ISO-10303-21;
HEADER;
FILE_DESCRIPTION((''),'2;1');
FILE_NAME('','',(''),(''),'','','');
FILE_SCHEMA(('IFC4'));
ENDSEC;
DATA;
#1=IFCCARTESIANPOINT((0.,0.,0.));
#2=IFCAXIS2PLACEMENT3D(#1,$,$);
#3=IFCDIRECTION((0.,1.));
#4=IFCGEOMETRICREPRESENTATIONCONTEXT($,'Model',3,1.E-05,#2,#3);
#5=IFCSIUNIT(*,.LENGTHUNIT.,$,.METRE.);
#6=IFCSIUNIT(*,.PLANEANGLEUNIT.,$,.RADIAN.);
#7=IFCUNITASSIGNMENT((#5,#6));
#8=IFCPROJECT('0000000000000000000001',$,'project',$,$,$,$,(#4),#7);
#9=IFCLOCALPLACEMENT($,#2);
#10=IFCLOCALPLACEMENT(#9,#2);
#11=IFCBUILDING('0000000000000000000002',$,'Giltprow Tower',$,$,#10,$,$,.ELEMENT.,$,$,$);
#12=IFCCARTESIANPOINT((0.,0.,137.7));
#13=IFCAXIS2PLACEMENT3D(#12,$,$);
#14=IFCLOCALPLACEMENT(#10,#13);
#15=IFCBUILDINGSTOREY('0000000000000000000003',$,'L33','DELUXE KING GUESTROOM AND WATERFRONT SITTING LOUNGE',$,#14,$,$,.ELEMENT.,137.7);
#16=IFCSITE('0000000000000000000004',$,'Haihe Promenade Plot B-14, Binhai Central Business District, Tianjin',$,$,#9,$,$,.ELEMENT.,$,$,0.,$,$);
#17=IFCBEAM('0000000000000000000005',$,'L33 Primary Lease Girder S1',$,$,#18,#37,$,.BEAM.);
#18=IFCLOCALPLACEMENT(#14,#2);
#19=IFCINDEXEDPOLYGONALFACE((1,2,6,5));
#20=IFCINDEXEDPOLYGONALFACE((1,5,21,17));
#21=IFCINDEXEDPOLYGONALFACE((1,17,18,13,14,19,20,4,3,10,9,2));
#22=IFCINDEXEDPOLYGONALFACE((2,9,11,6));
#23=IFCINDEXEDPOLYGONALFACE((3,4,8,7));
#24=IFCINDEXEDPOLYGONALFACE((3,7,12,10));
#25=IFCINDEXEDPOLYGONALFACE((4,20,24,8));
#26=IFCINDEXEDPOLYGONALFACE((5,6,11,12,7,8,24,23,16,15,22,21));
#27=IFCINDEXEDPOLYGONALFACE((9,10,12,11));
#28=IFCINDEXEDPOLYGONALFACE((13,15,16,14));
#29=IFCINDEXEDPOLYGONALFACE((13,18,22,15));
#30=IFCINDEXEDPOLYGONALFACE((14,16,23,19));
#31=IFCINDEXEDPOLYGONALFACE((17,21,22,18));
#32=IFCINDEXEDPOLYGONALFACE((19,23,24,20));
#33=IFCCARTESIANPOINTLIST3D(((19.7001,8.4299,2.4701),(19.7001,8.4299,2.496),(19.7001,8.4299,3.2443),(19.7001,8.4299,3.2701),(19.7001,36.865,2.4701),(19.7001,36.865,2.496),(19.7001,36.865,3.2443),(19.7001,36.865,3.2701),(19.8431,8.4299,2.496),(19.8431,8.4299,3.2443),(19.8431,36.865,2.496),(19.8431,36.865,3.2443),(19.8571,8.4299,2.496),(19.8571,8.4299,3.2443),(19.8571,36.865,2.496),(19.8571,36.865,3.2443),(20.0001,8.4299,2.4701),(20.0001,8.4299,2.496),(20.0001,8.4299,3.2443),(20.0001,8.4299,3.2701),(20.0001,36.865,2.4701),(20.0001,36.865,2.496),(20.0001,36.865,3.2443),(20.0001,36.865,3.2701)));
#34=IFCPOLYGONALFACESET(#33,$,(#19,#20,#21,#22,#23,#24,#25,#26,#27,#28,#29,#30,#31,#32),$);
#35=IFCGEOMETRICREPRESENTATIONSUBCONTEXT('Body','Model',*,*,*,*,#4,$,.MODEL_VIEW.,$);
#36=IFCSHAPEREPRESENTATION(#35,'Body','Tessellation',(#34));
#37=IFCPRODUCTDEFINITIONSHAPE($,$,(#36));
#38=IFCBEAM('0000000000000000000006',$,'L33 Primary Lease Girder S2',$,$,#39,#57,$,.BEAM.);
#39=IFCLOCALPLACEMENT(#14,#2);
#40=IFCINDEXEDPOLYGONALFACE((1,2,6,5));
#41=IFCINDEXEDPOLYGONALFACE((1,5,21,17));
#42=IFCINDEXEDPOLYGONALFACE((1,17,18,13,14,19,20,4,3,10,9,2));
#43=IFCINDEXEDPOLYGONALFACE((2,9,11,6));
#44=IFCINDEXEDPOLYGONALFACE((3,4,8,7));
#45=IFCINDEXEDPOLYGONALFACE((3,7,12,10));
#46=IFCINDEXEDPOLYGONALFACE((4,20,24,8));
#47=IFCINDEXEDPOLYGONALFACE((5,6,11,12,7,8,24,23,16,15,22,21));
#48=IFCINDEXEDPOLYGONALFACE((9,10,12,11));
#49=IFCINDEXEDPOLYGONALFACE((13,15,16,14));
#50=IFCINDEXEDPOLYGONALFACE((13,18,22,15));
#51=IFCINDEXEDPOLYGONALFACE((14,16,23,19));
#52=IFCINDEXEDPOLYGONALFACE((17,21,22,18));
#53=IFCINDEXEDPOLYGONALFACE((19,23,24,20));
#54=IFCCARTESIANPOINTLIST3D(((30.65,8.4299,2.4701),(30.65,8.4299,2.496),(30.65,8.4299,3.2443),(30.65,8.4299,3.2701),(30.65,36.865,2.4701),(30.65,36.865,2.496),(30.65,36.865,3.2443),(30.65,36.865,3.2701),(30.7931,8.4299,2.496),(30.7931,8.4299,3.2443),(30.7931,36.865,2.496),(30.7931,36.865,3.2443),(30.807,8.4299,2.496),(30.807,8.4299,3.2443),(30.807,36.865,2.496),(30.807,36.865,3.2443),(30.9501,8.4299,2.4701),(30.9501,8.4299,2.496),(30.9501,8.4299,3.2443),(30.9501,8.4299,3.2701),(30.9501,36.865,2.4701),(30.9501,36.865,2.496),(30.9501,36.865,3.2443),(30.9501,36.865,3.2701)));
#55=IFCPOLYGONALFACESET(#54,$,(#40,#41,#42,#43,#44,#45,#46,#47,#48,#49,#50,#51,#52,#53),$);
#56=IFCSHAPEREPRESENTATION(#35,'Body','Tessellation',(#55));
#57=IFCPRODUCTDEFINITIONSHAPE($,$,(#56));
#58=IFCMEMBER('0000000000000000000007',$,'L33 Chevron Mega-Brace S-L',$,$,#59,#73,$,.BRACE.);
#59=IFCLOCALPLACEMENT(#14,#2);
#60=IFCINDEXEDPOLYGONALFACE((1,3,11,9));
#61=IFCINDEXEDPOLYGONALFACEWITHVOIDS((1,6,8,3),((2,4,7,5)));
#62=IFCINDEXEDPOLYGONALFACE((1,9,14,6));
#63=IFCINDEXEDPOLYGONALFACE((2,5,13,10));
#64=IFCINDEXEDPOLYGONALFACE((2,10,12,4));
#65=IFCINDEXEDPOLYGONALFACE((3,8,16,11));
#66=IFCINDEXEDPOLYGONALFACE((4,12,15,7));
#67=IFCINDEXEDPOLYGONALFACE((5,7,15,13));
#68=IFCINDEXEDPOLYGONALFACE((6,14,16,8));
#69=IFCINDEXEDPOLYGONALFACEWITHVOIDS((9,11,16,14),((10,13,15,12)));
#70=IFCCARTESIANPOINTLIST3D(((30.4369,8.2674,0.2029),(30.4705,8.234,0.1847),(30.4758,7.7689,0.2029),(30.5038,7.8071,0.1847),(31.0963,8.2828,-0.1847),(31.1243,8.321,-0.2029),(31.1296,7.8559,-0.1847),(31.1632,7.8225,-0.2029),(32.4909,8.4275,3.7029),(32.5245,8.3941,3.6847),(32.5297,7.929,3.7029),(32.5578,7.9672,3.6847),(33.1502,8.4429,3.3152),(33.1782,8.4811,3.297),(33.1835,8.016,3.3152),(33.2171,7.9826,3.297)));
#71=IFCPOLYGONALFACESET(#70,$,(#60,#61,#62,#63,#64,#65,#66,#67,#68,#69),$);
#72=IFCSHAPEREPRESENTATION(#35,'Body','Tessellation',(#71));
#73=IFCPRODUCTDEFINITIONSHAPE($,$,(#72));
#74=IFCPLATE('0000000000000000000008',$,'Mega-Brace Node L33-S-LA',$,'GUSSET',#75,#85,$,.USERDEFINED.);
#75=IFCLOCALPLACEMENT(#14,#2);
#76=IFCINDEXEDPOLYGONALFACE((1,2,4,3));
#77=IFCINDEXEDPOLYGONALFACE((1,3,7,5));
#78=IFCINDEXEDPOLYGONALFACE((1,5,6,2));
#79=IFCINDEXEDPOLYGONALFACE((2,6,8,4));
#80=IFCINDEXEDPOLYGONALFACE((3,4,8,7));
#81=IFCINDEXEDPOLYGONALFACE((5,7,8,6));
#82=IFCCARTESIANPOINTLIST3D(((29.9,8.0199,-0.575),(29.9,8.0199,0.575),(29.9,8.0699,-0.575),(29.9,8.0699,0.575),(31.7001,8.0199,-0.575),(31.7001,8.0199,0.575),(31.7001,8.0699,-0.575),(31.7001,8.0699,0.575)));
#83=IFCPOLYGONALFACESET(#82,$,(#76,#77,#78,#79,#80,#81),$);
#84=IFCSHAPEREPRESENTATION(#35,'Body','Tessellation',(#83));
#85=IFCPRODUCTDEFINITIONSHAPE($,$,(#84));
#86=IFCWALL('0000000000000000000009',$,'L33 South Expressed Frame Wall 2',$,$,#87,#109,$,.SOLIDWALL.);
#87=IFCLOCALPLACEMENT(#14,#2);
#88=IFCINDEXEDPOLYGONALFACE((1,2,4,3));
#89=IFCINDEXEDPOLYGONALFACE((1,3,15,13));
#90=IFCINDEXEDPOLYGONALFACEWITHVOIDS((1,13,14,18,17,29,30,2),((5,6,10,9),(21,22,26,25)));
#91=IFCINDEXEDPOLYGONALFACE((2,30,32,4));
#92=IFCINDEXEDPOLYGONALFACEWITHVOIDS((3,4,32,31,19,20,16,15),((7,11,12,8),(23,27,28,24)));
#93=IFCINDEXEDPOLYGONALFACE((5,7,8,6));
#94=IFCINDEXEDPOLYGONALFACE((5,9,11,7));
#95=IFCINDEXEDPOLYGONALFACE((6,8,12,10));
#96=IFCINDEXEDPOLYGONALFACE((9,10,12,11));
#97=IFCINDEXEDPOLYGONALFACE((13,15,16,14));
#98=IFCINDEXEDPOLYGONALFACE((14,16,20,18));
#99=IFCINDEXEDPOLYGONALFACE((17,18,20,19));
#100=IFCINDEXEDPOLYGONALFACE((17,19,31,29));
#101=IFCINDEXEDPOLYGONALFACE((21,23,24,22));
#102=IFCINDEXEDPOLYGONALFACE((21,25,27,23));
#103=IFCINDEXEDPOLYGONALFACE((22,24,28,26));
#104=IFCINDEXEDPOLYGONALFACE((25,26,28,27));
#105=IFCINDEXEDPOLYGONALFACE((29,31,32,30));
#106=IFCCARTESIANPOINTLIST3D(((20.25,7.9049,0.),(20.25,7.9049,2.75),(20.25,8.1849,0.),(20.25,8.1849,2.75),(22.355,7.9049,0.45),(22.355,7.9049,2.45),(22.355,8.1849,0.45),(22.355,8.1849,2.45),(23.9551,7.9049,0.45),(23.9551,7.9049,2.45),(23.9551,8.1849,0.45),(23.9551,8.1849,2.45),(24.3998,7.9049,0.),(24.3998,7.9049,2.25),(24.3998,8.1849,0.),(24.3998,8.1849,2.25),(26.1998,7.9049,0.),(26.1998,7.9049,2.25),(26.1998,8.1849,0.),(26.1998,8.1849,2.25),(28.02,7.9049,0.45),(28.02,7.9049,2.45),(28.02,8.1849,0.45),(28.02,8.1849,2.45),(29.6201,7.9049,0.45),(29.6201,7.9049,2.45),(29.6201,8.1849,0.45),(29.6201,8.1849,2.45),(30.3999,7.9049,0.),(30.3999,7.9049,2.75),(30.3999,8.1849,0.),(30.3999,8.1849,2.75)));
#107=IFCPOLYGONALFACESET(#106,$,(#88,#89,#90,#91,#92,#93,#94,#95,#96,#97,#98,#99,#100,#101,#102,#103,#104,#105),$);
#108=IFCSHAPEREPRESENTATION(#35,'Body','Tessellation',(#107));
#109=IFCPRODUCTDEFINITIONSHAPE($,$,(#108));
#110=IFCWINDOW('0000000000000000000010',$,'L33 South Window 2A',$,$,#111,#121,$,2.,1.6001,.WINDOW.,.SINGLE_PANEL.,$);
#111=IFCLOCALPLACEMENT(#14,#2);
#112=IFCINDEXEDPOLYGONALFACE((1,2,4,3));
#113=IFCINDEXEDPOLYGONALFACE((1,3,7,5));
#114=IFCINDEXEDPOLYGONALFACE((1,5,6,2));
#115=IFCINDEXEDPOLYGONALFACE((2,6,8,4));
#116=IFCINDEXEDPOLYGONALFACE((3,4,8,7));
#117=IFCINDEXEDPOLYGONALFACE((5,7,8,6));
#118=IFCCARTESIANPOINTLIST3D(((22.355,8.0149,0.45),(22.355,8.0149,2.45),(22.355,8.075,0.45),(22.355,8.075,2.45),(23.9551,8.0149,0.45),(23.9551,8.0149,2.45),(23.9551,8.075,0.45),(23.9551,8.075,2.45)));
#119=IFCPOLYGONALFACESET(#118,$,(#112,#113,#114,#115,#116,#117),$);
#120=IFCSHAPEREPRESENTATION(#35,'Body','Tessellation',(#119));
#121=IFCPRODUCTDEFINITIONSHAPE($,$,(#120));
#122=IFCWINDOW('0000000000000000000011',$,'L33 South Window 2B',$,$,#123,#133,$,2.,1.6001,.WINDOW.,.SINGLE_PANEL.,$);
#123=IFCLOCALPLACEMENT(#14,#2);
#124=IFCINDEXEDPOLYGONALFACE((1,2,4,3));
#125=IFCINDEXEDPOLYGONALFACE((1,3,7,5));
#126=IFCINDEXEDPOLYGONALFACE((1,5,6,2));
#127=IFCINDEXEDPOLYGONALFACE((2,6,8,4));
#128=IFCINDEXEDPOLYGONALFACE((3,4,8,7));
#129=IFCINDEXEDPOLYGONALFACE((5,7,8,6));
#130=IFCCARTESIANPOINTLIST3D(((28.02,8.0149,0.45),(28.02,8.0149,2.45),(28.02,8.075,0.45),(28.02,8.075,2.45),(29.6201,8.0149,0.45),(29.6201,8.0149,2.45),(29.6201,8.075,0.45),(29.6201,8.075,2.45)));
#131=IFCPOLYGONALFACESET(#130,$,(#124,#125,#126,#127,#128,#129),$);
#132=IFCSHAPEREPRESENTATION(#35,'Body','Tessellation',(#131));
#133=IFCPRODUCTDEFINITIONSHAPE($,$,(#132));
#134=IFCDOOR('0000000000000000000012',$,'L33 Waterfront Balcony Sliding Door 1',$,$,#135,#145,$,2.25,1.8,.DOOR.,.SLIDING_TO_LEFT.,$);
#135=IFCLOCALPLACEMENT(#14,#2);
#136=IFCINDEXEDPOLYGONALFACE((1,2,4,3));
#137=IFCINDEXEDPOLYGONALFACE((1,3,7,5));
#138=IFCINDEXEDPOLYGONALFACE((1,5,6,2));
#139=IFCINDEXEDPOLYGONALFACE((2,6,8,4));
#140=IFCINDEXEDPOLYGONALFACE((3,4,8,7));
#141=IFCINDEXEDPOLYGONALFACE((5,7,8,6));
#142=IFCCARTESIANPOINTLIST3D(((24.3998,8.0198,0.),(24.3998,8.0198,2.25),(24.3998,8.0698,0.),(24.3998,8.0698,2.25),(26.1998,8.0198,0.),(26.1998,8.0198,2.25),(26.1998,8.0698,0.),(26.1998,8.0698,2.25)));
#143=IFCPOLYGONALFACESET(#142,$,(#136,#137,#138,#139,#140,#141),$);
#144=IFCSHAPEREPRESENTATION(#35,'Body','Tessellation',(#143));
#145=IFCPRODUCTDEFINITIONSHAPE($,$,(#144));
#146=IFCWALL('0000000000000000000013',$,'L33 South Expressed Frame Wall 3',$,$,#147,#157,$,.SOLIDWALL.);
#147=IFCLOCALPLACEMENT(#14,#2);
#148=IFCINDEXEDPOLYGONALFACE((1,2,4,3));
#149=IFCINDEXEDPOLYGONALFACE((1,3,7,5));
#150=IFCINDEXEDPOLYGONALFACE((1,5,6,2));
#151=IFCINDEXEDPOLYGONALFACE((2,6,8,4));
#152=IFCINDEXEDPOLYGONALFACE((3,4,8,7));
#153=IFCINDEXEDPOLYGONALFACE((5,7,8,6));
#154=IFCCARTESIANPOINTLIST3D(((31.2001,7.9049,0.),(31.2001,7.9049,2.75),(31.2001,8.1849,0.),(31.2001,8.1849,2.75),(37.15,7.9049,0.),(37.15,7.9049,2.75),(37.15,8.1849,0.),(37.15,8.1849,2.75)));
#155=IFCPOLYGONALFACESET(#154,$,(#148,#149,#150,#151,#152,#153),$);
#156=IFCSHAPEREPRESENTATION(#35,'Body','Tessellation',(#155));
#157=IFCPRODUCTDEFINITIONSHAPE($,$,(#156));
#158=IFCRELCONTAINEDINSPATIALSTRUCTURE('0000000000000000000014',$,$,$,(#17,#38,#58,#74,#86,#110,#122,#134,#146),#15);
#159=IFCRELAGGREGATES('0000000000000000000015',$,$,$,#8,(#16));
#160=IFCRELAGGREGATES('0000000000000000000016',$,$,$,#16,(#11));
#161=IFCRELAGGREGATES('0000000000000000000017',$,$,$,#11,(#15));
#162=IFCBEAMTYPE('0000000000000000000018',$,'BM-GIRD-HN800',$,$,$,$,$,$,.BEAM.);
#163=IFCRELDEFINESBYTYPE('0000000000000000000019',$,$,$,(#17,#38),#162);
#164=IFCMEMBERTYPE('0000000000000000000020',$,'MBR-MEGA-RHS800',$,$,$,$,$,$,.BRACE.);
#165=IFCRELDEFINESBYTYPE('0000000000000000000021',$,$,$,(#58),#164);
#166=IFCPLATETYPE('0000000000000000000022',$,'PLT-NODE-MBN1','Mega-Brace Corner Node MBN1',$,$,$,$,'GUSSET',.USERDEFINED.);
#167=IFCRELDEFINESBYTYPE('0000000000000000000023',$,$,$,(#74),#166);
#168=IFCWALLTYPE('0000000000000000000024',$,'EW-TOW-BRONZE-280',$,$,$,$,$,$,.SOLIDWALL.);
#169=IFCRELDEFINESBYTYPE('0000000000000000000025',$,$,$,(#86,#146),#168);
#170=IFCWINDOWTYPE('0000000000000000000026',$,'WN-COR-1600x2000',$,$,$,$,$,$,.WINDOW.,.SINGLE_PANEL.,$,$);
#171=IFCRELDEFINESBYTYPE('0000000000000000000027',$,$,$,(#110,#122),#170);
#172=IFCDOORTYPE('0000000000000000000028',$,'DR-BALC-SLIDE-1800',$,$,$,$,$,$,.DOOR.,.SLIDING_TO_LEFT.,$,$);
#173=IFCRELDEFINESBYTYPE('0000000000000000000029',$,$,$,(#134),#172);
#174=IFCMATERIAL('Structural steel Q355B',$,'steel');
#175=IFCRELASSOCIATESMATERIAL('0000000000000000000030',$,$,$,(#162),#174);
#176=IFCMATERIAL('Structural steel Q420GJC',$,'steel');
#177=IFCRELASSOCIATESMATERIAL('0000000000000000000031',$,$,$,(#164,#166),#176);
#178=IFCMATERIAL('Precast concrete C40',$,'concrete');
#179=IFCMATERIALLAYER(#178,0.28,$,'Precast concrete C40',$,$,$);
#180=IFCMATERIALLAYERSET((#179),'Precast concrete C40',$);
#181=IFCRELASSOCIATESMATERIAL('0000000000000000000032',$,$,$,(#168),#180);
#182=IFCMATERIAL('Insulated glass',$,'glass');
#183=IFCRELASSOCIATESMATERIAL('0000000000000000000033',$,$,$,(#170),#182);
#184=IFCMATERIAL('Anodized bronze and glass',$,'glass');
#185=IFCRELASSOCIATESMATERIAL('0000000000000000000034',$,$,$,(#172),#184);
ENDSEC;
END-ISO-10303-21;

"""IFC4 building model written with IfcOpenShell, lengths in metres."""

from ifc_helpers import new_model, si_unit, direction, frame, frame_2d, origin, origin_2d, place, context, subcontext, project, spatial, rectangle, hollow_rectangle, i_section, extrude, source, transform, mapped, material, layer, layer_set, material_profile, profile_set, type_object, element, fill, save


model = new_model("IFC4")

# Units and contexts
model_context = context("Model", 3, precision=1e-05, world=origin(), true_north=direction((0.0, 1.0)))
body_context = subcontext(model_context, "Body", "Model", "MODEL_VIEW")
ifc_project = project(units=[si_unit("LENGTHUNIT", "METRE"), si_unit("PLANEANGLEUNIT", "RADIAN")], contexts=[model_context])

# Site, building, storey
site_placement = place(None, origin())
site = spatial("IfcSite", under=ifc_project, at=site_placement, Name="Haihe Promenade Plot B-14, Binhai Central Business District, Tianjin", CompositionType="ELEMENT", RefElevation=0.0)
building_placement = place(site_placement, origin())
building = spatial("IfcBuilding", under=site, at=building_placement, Name="Giltprow Tower", CompositionType="ELEMENT")
storey_placement = place(building_placement, frame((0.0, 0.0, 137.7)))
storey = spatial("IfcBuildingStorey", under=building, at=storey_placement, Name="L33", Description="DELUXE KING GUESTROOM AND WATERFRONT SITTING LOUNGE", CompositionType="ELEMENT", Elevation=137.7)

# Shared definitions
ifc_material_1 = material(Name="Structural steel Q420GJC", Category="steel")

# Beams
ifc_material_2 = material(Name="Structural steel Q355B", Category="steel")
ifc_material_profile_1 = material_profile(ifc_material_2, i_section(OverallWidth=0.3, OverallDepth=0.8, WebThickness=0.0139, FlangeThickness=0.0259, at=origin_2d()), Name="HN 800x300x14x26")
ifc_profile_set_1 = profile_set([ifc_material_profile_1], Name="Structural steel Q355B")
beam_type_1 = type_object("IfcBeamType", Name="BM-GIRD-HN800", PredefinedType="BEAM", material=ifc_profile_set_1)
shared_shape_1 = source(origin(), body_context, "Body", "SweptSolid", [
    extrude(i_section(OverallWidth=0.3, OverallDepth=0.8, WebThickness=0.0139, FlangeThickness=0.0259, at=origin_2d()), origin(), (0.0, 0.0, 1.0), 28.4351),
])
for number, where, z_axis, x_axis, name in (
    (1, (19.8501, 8.4299, 2.8701), (0.0, 1.0, 0.0), (-1.0, 0.0, 0.0), "L33 Primary Lease Girder S1"),
    (2, (30.8, 8.4299, 2.8701), (0.0, 1.0, 0.0), (-1.0, 0.0, 0.0), "L33 Primary Lease Girder S2"),
):
    element("IfcBeam", number, at=place(storey_placement, frame(where, z_axis=z_axis, x_axis=x_axis)), inside=storey, type_object=beam_type_1, Name=name, PredefinedType="BEAM", context=body_context, shape_type="MappedRepresentation", body=[
        mapped(shared_shape_1, transform((0.0, 0.0, 0.0), x_axis=(1.0, 0.0, 0.0), y_axis=(0.0, 1.0, 0.0), z_axis=(0.0, 0.0, 1.0), scale=1.0)),
    ])

# Member
ifc_material_profile_2 = material_profile(ifc_material_1, hollow_rectangle(XDim=0.5, YDim=0.8, WallThickness=0.0359, at=origin_2d()), Name="RHS 800x500x36")
ifc_profile_set_2 = profile_set([ifc_material_profile_2], Name="Structural steel Q420GJC")
member_type = type_object("IfcMemberType", Name="MBR-MEGA-RHS800", PredefinedType="BRACE", material=ifc_profile_set_2)
shared_shape_2 = source(origin(), body_context, "Body", "SweptSolid", [
    extrude(hollow_rectangle(XDim=0.5, YDim=0.8, WallThickness=0.0359, at=origin_2d()), origin(), (0.0, 0.0, 1.0), 4.0613),
])
member_placement = place(storey_placement, frame((30.8, 8.0449, 0.0), z_axis=(0.505735, 0.039434, 0.861787), x_axis=(-0.077739, 0.996974, 0.0)))
element("IfcMember", 3, at=member_placement, inside=storey, type_object=member_type, Name="L33 Chevron Mega-Brace S-L", PredefinedType="BRACE", context=body_context, shape_type="MappedRepresentation", body=[
    mapped(shared_shape_2, transform((0.0, 0.0, 0.0), x_axis=(1.0, 0.0, 0.0), y_axis=(0.0, 1.0, 0.0), z_axis=(0.0, 0.0, 1.0), scale=1.0)),
])

# Plate
plate_type = type_object("IfcPlateType", Name="PLT-NODE-MBN1", Description="Mega-Brace Corner Node MBN1", ElementType="GUSSET", PredefinedType="USERDEFINED", material=ifc_material_1)
shared_shape_3 = source(origin(), body_context, "Body", "SweptSolid", [
    extrude(rectangle(XDim=1.8, YDim=0.05, at=origin_2d()), origin(), (0.0, 0.0, 1.0), 1.1499),
])
plate_placement = place(storey_placement, frame((30.8, 8.0449, -0.575), z_axis=(0.0, 0.0, 1.0), x_axis=(1.0, 0.0, 0.0)))
element("IfcPlate", 4, at=plate_placement, inside=storey, type_object=plate_type, Name="Mega-Brace Node L33-S-LA", ObjectType="GUSSET", PredefinedType="USERDEFINED", context=body_context, shape_type="MappedRepresentation", body=[
    mapped(shared_shape_3, transform((0.0, 0.0, 0.0), x_axis=(1.0, 0.0, 0.0), y_axis=(0.0, 1.0, 0.0), z_axis=(0.0, 0.0, 1.0), scale=1.0)),
])

# Wall, openings, windows, door
ifc_material_3 = material(Name="Precast concrete C40", Category="concrete")
ifc_layer_1 = layer(ifc_material_3, 0.28, Name="Precast concrete C40")
ifc_layer_set_1 = layer_set([ifc_layer_1], Name="Precast concrete C40")
wall_type_1 = type_object("IfcWallType", Name="EW-TOW-BRONZE-280", PredefinedType="SOLIDWALL", material=ifc_layer_set_1)
wall_1_placement = place(storey_placement, frame((20.25, 8.0449, 0.0), z_axis=(0.0, 0.0, 1.0), x_axis=(1.0, 0.0, 0.0)))
wall_1 = element("IfcWall", 5, at=wall_1_placement, inside=storey, type_object=wall_type_1, Name="L33 South Expressed Frame Wall 2", PredefinedType="SOLIDWALL", context=body_context, shape_type="SweptSolid", body=[
    extrude(rectangle(XDim=10.1499, YDim=0.28, at=frame_2d((5.075, 0.0))), origin(), (0.0, 0.0, 1.0), 2.75),
])
opening_1_placement = place(wall_1_placement, frame((4.1499, 0.0, 0.0)))
opening_1 = element("IfcOpeningElement", 6, at=opening_1_placement, cuts=wall_1, PredefinedType="OPENING", context=body_context, shape_type="SweptSolid", body=[
    extrude(rectangle(XDim=1.8, YDim=2.25, at=frame_2d((0.8999, 1.125))), frame((0.0, 0.1499, 0.0), z_axis=(0.0, -1.0, 0.0), x_axis=(1.0, 0.0, 0.0)), (0.0, 0.0, 1.0), 0.3),
])
opening_2_placement = place(wall_1_placement, frame((2.105, 0.0, 0.45)))
opening_2 = element("IfcOpeningElement", 7, at=opening_2_placement, cuts=wall_1, PredefinedType="OPENING", context=body_context, shape_type="SweptSolid", body=[
    extrude(rectangle(XDim=1.6001, YDim=2.0, at=frame_2d((0.8, 1.0))), frame((0.0, 0.1499, 0.0), z_axis=(0.0, -1.0, 0.0), x_axis=(1.0, 0.0, 0.0)), (0.0, 0.0, 1.0), 0.3),
])
opening_3_placement = place(wall_1_placement, frame((7.77, 0.0, 0.45)))
opening_3 = element("IfcOpeningElement", 8, at=opening_3_placement, cuts=wall_1, PredefinedType="OPENING", context=body_context, shape_type="SweptSolid", body=[
    extrude(rectangle(XDim=1.6001, YDim=2.0, at=frame_2d((0.8, 1.0))), frame((0.0, 0.1499, 0.0), z_axis=(0.0, -1.0, 0.0), x_axis=(1.0, 0.0, 0.0)), (0.0, 0.0, 1.0), 0.3),
])
ifc_material_4 = material(Name="Insulated glass", Category="glass")
window_type = type_object("IfcWindowType", Name="WN-COR-1600x2000", PartitioningType="SINGLE_PANEL", PredefinedType="WINDOW", material=ifc_material_4)
shared_shape_4 = source(origin(), body_context, "Body", "SweptSolid", [
    extrude(rectangle(XDim=1.6001, YDim=2.0, at=frame_2d((0.8, 1.0))), frame((0.0, 0.03, 0.0), z_axis=(0.0, -1.0, 0.0), x_axis=(1.0, 0.0, 0.0)), (0.0, 0.0, 1.0), 0.0601),
])
window_1_placement = place(opening_2_placement, origin())
window_1 = element("IfcWindow", 9, at=window_1_placement, inside=storey, type_object=window_type, Name="L33 South Window 2A", OverallHeight=2.0, OverallWidth=1.6001, PartitioningType="SINGLE_PANEL", PredefinedType="WINDOW", context=body_context, shape_type="MappedRepresentation", body=[
    mapped(shared_shape_4, transform((0.0, 0.0, 0.0), x_axis=(1.0, 0.0, 0.0), y_axis=(0.0, 1.0, 0.0), z_axis=(0.0, 0.0, 1.0), scale=1.0)),
])
fill(opening_2, window_1)
window_2_placement = place(opening_3_placement, origin())
window_2 = element("IfcWindow", 10, at=window_2_placement, inside=storey, type_object=window_type, Name="L33 South Window 2B", OverallHeight=2.0, OverallWidth=1.6001, PartitioningType="SINGLE_PANEL", PredefinedType="WINDOW", context=body_context, shape_type="MappedRepresentation", body=[
    mapped(shared_shape_4, transform((0.0, 0.0, 0.0), x_axis=(1.0, 0.0, 0.0), y_axis=(0.0, 1.0, 0.0), z_axis=(0.0, 0.0, 1.0), scale=1.0)),
])
fill(opening_3, window_2)
ifc_material_5 = material(Name="Anodized bronze and glass", Category="glass")
door_type_1 = type_object("IfcDoorType", Name="DR-BALC-SLIDE-1800", OperationType="SLIDING_TO_LEFT", PredefinedType="DOOR", material=ifc_material_5)
shared_shape_5 = source(origin(), body_context, "Body", "SweptSolid", [
    extrude(rectangle(XDim=1.8, YDim=2.25, at=frame_2d((0.8999, 1.125))), frame((0.0, 0.0249, 0.0), z_axis=(0.0, -1.0, 0.0), x_axis=(1.0, 0.0, 0.0)), (0.0, 0.0, 1.0), 0.05),
])
door_1_placement = place(opening_1_placement, origin())
door_1 = element("IfcDoor", 11, at=door_1_placement, inside=storey, type_object=door_type_1, Name="L33 Waterfront Balcony Sliding Door 1", OperationType="SLIDING_TO_LEFT", OverallHeight=2.25, OverallWidth=1.8, PredefinedType="DOOR", context=body_context, shape_type="MappedRepresentation", body=[
    mapped(shared_shape_5, transform((0.0, 0.0, 0.0), x_axis=(1.0, 0.0, 0.0), y_axis=(0.0, 1.0, 0.0), z_axis=(0.0, 0.0, 1.0), scale=1.0)),
])
fill(opening_1, door_1)

# Wall
wall_2_placement = place(storey_placement, frame((31.2, 8.0449, 0.0), z_axis=(0.0, 0.0, 1.0), x_axis=(1.0, 0.0, 0.0)))
element("IfcWall", 12, at=wall_2_placement, inside=storey, type_object=wall_type_1, Name="L33 South Expressed Frame Wall 3", PredefinedType="SOLIDWALL", context=body_context, shape_type="SweptSolid", body=[
    extrude(rectangle(XDim=5.95, YDim=0.28, at=frame_2d((2.9751, 0.0))), origin(), (0.0, 0.0, 1.0), 2.75),
])

save(model, "model.ifc")
